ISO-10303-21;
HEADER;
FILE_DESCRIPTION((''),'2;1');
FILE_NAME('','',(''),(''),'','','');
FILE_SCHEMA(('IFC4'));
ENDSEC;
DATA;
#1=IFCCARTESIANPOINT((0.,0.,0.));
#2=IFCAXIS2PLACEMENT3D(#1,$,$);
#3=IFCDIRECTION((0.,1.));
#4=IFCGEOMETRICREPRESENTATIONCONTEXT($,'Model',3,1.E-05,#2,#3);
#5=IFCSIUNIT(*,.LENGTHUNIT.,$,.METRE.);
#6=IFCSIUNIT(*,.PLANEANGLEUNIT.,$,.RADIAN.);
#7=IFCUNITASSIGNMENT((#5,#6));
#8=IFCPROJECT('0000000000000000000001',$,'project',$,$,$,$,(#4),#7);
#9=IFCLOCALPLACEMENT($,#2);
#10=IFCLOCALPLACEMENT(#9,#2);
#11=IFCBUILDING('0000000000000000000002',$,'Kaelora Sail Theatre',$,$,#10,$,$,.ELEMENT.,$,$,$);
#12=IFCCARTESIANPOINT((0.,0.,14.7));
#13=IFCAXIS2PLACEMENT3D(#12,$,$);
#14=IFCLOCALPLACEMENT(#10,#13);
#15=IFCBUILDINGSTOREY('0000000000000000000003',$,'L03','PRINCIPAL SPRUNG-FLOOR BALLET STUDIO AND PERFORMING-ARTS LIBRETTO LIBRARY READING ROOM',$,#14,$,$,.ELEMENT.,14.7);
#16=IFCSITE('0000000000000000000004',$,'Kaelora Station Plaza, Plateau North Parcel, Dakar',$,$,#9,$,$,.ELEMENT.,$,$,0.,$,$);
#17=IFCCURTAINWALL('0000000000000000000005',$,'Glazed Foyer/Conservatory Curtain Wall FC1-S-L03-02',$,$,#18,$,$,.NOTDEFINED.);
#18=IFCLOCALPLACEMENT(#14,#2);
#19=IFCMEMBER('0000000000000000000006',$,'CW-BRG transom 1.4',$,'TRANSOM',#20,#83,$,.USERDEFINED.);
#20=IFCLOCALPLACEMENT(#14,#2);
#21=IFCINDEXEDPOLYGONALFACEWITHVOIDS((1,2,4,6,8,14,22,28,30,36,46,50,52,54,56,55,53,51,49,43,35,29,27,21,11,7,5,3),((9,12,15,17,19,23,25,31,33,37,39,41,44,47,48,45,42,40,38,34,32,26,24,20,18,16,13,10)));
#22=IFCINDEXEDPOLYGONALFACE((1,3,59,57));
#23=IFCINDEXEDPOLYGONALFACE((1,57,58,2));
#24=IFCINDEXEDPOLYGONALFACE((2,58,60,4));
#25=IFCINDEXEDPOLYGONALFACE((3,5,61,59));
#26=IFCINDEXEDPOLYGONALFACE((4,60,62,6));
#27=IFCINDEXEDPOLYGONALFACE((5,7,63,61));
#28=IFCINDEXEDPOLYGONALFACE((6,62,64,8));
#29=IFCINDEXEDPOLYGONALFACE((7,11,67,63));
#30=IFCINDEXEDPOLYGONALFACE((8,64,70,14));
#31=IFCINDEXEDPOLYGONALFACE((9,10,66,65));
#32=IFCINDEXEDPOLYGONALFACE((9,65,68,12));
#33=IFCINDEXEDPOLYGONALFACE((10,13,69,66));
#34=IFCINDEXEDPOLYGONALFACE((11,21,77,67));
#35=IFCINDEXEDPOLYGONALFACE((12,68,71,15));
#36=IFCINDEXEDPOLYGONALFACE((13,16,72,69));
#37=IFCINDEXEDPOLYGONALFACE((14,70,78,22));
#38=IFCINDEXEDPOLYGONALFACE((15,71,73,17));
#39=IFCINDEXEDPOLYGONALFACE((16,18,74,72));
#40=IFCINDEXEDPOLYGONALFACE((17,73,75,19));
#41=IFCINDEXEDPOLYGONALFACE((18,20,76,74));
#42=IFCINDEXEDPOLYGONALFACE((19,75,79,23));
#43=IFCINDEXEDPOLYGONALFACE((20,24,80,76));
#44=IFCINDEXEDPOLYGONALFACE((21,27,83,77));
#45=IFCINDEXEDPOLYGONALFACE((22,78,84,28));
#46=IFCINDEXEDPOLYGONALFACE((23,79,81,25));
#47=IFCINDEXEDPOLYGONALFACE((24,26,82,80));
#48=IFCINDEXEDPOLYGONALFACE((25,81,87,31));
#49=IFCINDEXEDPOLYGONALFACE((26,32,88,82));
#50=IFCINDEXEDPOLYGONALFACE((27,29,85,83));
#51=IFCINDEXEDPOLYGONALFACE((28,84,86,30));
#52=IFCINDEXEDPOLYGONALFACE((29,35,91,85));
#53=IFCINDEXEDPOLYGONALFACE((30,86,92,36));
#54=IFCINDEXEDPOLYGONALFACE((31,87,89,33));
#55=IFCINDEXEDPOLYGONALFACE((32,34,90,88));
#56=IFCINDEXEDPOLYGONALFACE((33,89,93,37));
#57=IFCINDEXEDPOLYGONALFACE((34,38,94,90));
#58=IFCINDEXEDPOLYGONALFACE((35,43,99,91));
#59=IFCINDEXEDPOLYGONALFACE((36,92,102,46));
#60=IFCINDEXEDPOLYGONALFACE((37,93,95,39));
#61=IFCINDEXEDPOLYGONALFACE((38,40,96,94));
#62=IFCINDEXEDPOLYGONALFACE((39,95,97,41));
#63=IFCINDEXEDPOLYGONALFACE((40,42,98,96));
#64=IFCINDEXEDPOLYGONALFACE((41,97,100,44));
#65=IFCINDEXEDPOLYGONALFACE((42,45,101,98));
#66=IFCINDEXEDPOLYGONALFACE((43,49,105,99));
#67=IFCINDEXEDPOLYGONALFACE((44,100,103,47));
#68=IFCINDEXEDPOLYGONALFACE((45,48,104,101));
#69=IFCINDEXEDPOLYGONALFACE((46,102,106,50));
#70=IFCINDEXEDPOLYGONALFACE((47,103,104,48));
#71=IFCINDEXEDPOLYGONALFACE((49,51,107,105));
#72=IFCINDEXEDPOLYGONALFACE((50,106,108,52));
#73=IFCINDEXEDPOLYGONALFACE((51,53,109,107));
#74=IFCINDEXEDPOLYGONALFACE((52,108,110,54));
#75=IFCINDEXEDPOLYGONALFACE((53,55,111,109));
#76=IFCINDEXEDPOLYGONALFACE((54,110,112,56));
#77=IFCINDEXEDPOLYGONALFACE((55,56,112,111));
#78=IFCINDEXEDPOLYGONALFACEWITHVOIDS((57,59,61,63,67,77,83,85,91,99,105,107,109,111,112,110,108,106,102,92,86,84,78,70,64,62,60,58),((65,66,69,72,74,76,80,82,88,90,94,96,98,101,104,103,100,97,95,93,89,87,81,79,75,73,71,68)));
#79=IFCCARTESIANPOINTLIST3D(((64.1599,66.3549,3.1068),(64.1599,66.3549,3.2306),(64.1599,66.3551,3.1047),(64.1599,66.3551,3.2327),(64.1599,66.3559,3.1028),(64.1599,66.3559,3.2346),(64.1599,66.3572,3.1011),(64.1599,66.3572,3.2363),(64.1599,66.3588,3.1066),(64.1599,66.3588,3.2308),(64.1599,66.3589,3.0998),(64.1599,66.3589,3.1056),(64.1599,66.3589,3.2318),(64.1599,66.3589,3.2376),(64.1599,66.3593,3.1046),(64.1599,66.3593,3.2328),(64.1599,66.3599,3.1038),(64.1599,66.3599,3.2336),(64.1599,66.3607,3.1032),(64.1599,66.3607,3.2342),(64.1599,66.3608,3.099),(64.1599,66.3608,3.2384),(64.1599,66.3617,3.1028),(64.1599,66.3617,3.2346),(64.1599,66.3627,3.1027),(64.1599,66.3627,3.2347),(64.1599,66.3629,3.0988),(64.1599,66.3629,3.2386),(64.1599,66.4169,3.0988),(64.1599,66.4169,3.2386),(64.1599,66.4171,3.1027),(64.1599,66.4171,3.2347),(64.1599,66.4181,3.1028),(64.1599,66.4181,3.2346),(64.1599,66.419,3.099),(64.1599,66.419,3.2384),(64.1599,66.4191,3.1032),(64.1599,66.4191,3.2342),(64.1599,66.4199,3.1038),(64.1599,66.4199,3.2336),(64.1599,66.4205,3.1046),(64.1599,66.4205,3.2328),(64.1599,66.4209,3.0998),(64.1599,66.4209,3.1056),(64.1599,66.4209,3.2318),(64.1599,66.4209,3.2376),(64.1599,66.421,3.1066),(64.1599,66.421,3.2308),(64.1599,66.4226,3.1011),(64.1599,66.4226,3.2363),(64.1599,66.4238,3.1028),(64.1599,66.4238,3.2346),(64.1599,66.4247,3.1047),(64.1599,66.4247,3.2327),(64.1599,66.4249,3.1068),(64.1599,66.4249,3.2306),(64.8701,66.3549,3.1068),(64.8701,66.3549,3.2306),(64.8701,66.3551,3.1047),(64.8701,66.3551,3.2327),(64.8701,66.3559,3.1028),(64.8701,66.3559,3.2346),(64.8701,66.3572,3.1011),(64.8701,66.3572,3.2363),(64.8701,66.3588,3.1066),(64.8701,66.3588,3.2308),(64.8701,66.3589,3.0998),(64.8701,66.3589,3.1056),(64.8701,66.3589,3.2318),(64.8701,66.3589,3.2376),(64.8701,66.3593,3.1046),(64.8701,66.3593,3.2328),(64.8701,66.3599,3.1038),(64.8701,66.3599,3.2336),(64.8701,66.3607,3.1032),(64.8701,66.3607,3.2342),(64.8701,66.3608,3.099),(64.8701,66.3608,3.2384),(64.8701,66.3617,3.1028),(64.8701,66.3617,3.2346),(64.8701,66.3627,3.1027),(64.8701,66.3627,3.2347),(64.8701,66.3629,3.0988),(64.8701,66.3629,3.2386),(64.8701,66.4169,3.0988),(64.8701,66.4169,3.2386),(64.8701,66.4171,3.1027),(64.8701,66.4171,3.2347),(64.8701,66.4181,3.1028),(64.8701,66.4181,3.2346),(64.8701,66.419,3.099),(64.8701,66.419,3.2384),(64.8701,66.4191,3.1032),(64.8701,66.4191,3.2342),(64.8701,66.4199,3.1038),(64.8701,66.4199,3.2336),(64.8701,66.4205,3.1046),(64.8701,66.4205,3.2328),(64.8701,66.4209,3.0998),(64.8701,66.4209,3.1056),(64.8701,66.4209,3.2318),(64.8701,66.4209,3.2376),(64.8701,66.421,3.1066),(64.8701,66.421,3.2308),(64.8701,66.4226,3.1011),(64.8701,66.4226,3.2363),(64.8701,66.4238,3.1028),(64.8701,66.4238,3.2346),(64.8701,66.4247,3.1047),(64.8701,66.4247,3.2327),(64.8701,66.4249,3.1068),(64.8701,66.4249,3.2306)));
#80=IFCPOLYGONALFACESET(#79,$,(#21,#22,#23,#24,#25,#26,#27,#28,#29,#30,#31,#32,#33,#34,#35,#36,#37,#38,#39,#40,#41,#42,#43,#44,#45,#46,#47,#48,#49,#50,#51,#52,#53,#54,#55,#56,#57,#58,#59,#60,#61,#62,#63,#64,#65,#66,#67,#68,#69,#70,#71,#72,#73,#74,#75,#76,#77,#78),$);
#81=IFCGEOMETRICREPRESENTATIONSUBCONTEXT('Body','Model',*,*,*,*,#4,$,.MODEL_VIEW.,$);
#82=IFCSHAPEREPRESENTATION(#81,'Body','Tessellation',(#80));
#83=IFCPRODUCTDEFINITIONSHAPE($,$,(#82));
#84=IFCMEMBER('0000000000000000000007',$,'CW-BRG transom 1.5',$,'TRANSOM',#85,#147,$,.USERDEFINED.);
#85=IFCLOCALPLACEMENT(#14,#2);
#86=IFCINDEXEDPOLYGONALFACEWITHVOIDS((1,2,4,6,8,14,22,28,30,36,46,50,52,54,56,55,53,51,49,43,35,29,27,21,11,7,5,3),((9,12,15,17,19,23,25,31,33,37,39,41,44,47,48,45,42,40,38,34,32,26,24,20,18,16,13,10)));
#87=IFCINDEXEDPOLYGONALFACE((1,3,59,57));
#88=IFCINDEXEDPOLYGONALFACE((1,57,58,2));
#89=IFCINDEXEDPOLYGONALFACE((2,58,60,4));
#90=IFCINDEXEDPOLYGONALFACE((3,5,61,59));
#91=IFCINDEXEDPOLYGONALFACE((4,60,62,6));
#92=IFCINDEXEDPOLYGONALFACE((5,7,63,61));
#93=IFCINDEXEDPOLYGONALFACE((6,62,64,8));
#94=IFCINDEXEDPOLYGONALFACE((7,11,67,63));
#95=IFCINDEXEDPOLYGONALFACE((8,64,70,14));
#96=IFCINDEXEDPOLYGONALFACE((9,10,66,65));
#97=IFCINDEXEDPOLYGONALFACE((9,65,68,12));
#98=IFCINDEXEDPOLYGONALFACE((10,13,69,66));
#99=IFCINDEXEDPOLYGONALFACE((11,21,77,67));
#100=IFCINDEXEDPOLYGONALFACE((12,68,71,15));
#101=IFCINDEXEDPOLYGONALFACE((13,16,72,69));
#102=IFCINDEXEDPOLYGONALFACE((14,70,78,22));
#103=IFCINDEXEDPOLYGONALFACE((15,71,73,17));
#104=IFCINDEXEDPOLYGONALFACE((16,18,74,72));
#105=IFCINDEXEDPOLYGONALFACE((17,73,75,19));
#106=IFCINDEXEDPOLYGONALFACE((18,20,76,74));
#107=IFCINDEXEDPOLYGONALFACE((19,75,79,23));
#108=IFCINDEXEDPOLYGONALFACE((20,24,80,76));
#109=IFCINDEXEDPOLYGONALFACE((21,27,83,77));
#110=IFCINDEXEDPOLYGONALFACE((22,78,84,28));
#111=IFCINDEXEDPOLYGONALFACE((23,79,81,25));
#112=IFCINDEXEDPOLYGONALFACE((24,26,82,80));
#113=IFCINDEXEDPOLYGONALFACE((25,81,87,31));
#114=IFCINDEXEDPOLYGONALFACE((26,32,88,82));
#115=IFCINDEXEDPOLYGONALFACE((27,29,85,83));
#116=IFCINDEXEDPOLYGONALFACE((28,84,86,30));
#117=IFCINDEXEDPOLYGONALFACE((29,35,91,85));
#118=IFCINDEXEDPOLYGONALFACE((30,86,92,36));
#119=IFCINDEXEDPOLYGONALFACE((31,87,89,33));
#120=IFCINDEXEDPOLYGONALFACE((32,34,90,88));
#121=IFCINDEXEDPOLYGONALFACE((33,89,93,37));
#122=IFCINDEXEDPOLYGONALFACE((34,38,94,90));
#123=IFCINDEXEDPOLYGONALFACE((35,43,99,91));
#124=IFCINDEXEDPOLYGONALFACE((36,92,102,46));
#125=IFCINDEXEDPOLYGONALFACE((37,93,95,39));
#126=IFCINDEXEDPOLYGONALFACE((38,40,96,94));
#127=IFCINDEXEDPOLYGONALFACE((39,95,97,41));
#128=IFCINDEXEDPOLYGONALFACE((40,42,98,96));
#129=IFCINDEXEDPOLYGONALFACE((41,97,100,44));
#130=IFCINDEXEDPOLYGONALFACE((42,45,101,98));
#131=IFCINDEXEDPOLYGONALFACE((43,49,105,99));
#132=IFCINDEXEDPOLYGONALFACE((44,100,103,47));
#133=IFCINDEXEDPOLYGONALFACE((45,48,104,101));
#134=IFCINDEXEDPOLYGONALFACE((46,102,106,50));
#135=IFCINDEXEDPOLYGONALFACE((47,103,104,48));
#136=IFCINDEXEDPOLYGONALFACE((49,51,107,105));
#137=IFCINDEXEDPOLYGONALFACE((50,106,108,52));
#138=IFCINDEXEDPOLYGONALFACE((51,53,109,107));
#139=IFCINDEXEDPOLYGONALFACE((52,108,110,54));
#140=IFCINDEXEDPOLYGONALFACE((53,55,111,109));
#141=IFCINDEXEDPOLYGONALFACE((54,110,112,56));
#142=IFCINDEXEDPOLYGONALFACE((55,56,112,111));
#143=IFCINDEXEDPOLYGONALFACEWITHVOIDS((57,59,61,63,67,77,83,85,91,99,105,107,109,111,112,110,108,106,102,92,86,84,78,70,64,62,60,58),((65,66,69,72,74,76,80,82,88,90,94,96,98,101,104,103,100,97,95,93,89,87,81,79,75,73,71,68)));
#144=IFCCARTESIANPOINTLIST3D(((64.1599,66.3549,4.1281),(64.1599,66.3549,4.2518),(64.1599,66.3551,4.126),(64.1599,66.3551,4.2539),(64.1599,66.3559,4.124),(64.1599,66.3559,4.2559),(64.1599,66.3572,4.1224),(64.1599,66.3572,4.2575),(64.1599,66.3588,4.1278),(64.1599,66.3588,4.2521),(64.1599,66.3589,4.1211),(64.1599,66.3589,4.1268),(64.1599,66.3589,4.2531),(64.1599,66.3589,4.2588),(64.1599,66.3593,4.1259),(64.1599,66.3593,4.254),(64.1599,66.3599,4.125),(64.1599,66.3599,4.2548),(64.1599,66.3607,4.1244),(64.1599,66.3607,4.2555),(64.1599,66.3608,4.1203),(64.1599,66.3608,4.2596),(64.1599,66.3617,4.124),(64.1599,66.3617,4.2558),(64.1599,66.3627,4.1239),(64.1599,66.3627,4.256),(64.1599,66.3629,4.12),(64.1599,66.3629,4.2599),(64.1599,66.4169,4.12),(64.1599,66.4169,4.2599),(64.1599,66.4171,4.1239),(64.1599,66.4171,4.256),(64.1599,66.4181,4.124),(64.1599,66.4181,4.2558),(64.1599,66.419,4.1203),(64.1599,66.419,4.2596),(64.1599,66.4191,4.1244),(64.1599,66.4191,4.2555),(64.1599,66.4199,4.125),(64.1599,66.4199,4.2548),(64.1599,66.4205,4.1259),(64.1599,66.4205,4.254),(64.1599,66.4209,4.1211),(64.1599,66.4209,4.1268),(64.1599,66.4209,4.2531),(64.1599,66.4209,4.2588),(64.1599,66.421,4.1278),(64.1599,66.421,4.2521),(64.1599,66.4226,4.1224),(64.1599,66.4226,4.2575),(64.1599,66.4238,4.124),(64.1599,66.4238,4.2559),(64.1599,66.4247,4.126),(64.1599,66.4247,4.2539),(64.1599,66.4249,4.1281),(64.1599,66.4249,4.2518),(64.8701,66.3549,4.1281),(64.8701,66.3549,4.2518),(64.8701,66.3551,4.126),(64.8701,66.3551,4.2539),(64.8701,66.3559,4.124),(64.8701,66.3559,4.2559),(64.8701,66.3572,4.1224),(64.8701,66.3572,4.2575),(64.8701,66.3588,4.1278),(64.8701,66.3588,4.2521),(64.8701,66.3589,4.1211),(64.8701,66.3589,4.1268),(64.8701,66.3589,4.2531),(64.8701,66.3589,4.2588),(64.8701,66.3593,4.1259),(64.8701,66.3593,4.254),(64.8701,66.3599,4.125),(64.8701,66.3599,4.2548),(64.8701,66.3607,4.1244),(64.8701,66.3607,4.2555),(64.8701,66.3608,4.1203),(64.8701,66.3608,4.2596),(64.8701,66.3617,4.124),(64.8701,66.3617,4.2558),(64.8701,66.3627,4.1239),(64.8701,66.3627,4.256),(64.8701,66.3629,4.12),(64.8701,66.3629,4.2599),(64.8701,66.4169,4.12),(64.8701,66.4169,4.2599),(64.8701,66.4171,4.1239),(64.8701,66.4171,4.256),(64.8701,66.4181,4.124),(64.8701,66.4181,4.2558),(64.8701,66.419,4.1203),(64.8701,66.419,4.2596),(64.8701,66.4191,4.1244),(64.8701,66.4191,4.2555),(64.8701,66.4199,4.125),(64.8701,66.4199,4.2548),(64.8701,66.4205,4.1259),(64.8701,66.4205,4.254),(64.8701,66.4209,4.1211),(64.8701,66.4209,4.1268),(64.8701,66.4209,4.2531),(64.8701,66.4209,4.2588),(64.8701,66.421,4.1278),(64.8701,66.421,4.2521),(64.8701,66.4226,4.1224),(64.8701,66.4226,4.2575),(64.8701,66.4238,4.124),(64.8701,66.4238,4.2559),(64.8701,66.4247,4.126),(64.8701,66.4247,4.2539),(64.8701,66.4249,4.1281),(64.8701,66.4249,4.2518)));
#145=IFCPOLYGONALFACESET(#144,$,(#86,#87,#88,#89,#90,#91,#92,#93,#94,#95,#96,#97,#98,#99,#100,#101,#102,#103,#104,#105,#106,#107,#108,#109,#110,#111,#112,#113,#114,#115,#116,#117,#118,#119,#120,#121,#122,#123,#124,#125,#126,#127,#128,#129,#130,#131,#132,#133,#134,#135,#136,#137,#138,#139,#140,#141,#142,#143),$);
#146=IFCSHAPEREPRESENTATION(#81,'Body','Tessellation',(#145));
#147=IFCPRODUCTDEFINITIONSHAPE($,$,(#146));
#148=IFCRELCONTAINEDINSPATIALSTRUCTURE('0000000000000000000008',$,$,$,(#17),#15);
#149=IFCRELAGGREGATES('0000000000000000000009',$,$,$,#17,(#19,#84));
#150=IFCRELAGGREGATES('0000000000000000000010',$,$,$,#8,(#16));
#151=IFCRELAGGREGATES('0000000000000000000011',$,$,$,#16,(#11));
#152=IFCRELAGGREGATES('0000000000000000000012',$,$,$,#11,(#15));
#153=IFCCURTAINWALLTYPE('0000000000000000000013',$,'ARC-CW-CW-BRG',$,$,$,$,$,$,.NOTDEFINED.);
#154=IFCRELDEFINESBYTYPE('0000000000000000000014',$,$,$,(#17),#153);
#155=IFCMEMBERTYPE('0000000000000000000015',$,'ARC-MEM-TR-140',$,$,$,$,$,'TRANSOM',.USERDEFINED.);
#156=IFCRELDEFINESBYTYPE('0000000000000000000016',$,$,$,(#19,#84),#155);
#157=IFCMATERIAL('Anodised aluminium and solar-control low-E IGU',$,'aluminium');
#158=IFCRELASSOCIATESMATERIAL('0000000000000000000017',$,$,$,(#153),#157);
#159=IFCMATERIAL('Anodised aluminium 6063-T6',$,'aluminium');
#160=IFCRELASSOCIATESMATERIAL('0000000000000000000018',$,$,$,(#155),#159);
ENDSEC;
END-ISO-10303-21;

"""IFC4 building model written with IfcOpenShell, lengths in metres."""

from ifc_helpers import new_model, si_unit, direction, frame, origin, origin_2d, place, context, subcontext, project, spatial, hollow_rectangle, extrude, material, material_profile, profile_set, type_object, element, aggregate, save


model = new_model("IFC4")

# Units and contexts
model_context = context("Model", 3, precision=1e-05, world=origin(), true_north=direction((0.0, 1.0)))
body_context = subcontext(model_context, "Body", "Model", "MODEL_VIEW")
ifc_project = project(units=[si_unit("LENGTHUNIT", "METRE"), si_unit("PLANEANGLEUNIT", "RADIAN")], contexts=[model_context])

# Site, building, storey
site_placement = place(None, origin())
site = spatial("IfcSite", under=ifc_project, at=site_placement, Name="Kaelora Station Plaza, Plateau North Parcel, Dakar", CompositionType="ELEMENT", RefElevation=0.0)
building_placement = place(site_placement, origin())
building = spatial("IfcBuilding", under=site, at=building_placement, Name="Kaelora Sail Theatre", CompositionType="ELEMENT")
storey_placement = place(building_placement, frame((0.0, 0.0, 14.7)))
storey = spatial("IfcBuildingStorey", under=building, at=storey_placement, Name="L03", Description="PRINCIPAL SPRUNG-FLOOR BALLET STUDIO AND PERFORMING-ARTS LIBRETTO LIBRARY READING ROOM", CompositionType="ELEMENT", Elevation=14.7)

# Shared definitions
ifc_material_1 = material(Name="Anodised aluminium and solar-control low-E IGU", Category="aluminium")
curtain_wall_type = type_object("IfcCurtainWallType", Name="ARC-CW-CW-BRG", PredefinedType="NOTDEFINED", material=ifc_material_1)

# Curtain wall
curtain_wall_1_placement = place(storey_placement, origin())
curtain_wall_1 = element("IfcCurtainWall", 1, at=curtain_wall_1_placement, inside=storey, type_object=curtain_wall_type, Name="Glazed Foyer/Conservatory Curtain Wall FC1-S-L03-02", PredefinedType="NOTDEFINED")

# Members
ifc_material_2 = material(Name="Anodised aluminium 6063-T6", Category="aluminium")
ifc_material_profile_1 = material_profile(ifc_material_2, hollow_rectangle(XDim=0.0701, YDim=0.1399, WallThickness=0.0039, InnerFilletRadius=0.0039, OuterFilletRadius=0.0081, at=origin_2d()), Name="ALU-TRAN 70x140x4")
ifc_profile_set_1 = profile_set([ifc_material_profile_1], Name="Anodised aluminium 6063-T6")
member_type_1 = type_object("IfcMemberType", Name="ARC-MEM-TR-140", ElementType="TRANSOM", PredefinedType="USERDEFINED", material=ifc_profile_set_1)
member_1_placement = place(storey_placement, frame((64.1599, 66.3899, 3.1687), z_axis=(1.0, 0.0, 0.0), x_axis=(0.0, 1.0, 0.0)))
member_1 = element("IfcMember", 2, at=member_1_placement, type_object=member_type_1, Name="CW-BRG transom 1.4", ObjectType="TRANSOM", PredefinedType="USERDEFINED", context=body_context, shape_type="SweptSolid", body=[
    extrude(hollow_rectangle(XDim=0.0701, YDim=0.1399, WallThickness=0.0039, InnerFilletRadius=0.0039, OuterFilletRadius=0.0081, at=origin_2d()), origin(), (0.0, 0.0, 1.0), 0.7102),
])
member_2_placement = place(storey_placement, frame((64.1599, 66.3899, 4.1899), z_axis=(1.0, 0.0, 0.0), x_axis=(0.0, 1.0, 0.0)))
member_2 = element("IfcMember", 3, at=member_2_placement, type_object=member_type_1, Name="CW-BRG transom 1.5", ObjectType="TRANSOM", PredefinedType="USERDEFINED", context=body_context, shape_type="SweptSolid", body=[
    extrude(hollow_rectangle(XDim=0.0701, YDim=0.1399, WallThickness=0.0039, InnerFilletRadius=0.0039, OuterFilletRadius=0.0081, at=origin_2d()), origin(), (0.0, 0.0, 1.0), 0.7102),
])

aggregate(curtain_wall_1, [member_1, member_2])

save(model, "model.ifc")
